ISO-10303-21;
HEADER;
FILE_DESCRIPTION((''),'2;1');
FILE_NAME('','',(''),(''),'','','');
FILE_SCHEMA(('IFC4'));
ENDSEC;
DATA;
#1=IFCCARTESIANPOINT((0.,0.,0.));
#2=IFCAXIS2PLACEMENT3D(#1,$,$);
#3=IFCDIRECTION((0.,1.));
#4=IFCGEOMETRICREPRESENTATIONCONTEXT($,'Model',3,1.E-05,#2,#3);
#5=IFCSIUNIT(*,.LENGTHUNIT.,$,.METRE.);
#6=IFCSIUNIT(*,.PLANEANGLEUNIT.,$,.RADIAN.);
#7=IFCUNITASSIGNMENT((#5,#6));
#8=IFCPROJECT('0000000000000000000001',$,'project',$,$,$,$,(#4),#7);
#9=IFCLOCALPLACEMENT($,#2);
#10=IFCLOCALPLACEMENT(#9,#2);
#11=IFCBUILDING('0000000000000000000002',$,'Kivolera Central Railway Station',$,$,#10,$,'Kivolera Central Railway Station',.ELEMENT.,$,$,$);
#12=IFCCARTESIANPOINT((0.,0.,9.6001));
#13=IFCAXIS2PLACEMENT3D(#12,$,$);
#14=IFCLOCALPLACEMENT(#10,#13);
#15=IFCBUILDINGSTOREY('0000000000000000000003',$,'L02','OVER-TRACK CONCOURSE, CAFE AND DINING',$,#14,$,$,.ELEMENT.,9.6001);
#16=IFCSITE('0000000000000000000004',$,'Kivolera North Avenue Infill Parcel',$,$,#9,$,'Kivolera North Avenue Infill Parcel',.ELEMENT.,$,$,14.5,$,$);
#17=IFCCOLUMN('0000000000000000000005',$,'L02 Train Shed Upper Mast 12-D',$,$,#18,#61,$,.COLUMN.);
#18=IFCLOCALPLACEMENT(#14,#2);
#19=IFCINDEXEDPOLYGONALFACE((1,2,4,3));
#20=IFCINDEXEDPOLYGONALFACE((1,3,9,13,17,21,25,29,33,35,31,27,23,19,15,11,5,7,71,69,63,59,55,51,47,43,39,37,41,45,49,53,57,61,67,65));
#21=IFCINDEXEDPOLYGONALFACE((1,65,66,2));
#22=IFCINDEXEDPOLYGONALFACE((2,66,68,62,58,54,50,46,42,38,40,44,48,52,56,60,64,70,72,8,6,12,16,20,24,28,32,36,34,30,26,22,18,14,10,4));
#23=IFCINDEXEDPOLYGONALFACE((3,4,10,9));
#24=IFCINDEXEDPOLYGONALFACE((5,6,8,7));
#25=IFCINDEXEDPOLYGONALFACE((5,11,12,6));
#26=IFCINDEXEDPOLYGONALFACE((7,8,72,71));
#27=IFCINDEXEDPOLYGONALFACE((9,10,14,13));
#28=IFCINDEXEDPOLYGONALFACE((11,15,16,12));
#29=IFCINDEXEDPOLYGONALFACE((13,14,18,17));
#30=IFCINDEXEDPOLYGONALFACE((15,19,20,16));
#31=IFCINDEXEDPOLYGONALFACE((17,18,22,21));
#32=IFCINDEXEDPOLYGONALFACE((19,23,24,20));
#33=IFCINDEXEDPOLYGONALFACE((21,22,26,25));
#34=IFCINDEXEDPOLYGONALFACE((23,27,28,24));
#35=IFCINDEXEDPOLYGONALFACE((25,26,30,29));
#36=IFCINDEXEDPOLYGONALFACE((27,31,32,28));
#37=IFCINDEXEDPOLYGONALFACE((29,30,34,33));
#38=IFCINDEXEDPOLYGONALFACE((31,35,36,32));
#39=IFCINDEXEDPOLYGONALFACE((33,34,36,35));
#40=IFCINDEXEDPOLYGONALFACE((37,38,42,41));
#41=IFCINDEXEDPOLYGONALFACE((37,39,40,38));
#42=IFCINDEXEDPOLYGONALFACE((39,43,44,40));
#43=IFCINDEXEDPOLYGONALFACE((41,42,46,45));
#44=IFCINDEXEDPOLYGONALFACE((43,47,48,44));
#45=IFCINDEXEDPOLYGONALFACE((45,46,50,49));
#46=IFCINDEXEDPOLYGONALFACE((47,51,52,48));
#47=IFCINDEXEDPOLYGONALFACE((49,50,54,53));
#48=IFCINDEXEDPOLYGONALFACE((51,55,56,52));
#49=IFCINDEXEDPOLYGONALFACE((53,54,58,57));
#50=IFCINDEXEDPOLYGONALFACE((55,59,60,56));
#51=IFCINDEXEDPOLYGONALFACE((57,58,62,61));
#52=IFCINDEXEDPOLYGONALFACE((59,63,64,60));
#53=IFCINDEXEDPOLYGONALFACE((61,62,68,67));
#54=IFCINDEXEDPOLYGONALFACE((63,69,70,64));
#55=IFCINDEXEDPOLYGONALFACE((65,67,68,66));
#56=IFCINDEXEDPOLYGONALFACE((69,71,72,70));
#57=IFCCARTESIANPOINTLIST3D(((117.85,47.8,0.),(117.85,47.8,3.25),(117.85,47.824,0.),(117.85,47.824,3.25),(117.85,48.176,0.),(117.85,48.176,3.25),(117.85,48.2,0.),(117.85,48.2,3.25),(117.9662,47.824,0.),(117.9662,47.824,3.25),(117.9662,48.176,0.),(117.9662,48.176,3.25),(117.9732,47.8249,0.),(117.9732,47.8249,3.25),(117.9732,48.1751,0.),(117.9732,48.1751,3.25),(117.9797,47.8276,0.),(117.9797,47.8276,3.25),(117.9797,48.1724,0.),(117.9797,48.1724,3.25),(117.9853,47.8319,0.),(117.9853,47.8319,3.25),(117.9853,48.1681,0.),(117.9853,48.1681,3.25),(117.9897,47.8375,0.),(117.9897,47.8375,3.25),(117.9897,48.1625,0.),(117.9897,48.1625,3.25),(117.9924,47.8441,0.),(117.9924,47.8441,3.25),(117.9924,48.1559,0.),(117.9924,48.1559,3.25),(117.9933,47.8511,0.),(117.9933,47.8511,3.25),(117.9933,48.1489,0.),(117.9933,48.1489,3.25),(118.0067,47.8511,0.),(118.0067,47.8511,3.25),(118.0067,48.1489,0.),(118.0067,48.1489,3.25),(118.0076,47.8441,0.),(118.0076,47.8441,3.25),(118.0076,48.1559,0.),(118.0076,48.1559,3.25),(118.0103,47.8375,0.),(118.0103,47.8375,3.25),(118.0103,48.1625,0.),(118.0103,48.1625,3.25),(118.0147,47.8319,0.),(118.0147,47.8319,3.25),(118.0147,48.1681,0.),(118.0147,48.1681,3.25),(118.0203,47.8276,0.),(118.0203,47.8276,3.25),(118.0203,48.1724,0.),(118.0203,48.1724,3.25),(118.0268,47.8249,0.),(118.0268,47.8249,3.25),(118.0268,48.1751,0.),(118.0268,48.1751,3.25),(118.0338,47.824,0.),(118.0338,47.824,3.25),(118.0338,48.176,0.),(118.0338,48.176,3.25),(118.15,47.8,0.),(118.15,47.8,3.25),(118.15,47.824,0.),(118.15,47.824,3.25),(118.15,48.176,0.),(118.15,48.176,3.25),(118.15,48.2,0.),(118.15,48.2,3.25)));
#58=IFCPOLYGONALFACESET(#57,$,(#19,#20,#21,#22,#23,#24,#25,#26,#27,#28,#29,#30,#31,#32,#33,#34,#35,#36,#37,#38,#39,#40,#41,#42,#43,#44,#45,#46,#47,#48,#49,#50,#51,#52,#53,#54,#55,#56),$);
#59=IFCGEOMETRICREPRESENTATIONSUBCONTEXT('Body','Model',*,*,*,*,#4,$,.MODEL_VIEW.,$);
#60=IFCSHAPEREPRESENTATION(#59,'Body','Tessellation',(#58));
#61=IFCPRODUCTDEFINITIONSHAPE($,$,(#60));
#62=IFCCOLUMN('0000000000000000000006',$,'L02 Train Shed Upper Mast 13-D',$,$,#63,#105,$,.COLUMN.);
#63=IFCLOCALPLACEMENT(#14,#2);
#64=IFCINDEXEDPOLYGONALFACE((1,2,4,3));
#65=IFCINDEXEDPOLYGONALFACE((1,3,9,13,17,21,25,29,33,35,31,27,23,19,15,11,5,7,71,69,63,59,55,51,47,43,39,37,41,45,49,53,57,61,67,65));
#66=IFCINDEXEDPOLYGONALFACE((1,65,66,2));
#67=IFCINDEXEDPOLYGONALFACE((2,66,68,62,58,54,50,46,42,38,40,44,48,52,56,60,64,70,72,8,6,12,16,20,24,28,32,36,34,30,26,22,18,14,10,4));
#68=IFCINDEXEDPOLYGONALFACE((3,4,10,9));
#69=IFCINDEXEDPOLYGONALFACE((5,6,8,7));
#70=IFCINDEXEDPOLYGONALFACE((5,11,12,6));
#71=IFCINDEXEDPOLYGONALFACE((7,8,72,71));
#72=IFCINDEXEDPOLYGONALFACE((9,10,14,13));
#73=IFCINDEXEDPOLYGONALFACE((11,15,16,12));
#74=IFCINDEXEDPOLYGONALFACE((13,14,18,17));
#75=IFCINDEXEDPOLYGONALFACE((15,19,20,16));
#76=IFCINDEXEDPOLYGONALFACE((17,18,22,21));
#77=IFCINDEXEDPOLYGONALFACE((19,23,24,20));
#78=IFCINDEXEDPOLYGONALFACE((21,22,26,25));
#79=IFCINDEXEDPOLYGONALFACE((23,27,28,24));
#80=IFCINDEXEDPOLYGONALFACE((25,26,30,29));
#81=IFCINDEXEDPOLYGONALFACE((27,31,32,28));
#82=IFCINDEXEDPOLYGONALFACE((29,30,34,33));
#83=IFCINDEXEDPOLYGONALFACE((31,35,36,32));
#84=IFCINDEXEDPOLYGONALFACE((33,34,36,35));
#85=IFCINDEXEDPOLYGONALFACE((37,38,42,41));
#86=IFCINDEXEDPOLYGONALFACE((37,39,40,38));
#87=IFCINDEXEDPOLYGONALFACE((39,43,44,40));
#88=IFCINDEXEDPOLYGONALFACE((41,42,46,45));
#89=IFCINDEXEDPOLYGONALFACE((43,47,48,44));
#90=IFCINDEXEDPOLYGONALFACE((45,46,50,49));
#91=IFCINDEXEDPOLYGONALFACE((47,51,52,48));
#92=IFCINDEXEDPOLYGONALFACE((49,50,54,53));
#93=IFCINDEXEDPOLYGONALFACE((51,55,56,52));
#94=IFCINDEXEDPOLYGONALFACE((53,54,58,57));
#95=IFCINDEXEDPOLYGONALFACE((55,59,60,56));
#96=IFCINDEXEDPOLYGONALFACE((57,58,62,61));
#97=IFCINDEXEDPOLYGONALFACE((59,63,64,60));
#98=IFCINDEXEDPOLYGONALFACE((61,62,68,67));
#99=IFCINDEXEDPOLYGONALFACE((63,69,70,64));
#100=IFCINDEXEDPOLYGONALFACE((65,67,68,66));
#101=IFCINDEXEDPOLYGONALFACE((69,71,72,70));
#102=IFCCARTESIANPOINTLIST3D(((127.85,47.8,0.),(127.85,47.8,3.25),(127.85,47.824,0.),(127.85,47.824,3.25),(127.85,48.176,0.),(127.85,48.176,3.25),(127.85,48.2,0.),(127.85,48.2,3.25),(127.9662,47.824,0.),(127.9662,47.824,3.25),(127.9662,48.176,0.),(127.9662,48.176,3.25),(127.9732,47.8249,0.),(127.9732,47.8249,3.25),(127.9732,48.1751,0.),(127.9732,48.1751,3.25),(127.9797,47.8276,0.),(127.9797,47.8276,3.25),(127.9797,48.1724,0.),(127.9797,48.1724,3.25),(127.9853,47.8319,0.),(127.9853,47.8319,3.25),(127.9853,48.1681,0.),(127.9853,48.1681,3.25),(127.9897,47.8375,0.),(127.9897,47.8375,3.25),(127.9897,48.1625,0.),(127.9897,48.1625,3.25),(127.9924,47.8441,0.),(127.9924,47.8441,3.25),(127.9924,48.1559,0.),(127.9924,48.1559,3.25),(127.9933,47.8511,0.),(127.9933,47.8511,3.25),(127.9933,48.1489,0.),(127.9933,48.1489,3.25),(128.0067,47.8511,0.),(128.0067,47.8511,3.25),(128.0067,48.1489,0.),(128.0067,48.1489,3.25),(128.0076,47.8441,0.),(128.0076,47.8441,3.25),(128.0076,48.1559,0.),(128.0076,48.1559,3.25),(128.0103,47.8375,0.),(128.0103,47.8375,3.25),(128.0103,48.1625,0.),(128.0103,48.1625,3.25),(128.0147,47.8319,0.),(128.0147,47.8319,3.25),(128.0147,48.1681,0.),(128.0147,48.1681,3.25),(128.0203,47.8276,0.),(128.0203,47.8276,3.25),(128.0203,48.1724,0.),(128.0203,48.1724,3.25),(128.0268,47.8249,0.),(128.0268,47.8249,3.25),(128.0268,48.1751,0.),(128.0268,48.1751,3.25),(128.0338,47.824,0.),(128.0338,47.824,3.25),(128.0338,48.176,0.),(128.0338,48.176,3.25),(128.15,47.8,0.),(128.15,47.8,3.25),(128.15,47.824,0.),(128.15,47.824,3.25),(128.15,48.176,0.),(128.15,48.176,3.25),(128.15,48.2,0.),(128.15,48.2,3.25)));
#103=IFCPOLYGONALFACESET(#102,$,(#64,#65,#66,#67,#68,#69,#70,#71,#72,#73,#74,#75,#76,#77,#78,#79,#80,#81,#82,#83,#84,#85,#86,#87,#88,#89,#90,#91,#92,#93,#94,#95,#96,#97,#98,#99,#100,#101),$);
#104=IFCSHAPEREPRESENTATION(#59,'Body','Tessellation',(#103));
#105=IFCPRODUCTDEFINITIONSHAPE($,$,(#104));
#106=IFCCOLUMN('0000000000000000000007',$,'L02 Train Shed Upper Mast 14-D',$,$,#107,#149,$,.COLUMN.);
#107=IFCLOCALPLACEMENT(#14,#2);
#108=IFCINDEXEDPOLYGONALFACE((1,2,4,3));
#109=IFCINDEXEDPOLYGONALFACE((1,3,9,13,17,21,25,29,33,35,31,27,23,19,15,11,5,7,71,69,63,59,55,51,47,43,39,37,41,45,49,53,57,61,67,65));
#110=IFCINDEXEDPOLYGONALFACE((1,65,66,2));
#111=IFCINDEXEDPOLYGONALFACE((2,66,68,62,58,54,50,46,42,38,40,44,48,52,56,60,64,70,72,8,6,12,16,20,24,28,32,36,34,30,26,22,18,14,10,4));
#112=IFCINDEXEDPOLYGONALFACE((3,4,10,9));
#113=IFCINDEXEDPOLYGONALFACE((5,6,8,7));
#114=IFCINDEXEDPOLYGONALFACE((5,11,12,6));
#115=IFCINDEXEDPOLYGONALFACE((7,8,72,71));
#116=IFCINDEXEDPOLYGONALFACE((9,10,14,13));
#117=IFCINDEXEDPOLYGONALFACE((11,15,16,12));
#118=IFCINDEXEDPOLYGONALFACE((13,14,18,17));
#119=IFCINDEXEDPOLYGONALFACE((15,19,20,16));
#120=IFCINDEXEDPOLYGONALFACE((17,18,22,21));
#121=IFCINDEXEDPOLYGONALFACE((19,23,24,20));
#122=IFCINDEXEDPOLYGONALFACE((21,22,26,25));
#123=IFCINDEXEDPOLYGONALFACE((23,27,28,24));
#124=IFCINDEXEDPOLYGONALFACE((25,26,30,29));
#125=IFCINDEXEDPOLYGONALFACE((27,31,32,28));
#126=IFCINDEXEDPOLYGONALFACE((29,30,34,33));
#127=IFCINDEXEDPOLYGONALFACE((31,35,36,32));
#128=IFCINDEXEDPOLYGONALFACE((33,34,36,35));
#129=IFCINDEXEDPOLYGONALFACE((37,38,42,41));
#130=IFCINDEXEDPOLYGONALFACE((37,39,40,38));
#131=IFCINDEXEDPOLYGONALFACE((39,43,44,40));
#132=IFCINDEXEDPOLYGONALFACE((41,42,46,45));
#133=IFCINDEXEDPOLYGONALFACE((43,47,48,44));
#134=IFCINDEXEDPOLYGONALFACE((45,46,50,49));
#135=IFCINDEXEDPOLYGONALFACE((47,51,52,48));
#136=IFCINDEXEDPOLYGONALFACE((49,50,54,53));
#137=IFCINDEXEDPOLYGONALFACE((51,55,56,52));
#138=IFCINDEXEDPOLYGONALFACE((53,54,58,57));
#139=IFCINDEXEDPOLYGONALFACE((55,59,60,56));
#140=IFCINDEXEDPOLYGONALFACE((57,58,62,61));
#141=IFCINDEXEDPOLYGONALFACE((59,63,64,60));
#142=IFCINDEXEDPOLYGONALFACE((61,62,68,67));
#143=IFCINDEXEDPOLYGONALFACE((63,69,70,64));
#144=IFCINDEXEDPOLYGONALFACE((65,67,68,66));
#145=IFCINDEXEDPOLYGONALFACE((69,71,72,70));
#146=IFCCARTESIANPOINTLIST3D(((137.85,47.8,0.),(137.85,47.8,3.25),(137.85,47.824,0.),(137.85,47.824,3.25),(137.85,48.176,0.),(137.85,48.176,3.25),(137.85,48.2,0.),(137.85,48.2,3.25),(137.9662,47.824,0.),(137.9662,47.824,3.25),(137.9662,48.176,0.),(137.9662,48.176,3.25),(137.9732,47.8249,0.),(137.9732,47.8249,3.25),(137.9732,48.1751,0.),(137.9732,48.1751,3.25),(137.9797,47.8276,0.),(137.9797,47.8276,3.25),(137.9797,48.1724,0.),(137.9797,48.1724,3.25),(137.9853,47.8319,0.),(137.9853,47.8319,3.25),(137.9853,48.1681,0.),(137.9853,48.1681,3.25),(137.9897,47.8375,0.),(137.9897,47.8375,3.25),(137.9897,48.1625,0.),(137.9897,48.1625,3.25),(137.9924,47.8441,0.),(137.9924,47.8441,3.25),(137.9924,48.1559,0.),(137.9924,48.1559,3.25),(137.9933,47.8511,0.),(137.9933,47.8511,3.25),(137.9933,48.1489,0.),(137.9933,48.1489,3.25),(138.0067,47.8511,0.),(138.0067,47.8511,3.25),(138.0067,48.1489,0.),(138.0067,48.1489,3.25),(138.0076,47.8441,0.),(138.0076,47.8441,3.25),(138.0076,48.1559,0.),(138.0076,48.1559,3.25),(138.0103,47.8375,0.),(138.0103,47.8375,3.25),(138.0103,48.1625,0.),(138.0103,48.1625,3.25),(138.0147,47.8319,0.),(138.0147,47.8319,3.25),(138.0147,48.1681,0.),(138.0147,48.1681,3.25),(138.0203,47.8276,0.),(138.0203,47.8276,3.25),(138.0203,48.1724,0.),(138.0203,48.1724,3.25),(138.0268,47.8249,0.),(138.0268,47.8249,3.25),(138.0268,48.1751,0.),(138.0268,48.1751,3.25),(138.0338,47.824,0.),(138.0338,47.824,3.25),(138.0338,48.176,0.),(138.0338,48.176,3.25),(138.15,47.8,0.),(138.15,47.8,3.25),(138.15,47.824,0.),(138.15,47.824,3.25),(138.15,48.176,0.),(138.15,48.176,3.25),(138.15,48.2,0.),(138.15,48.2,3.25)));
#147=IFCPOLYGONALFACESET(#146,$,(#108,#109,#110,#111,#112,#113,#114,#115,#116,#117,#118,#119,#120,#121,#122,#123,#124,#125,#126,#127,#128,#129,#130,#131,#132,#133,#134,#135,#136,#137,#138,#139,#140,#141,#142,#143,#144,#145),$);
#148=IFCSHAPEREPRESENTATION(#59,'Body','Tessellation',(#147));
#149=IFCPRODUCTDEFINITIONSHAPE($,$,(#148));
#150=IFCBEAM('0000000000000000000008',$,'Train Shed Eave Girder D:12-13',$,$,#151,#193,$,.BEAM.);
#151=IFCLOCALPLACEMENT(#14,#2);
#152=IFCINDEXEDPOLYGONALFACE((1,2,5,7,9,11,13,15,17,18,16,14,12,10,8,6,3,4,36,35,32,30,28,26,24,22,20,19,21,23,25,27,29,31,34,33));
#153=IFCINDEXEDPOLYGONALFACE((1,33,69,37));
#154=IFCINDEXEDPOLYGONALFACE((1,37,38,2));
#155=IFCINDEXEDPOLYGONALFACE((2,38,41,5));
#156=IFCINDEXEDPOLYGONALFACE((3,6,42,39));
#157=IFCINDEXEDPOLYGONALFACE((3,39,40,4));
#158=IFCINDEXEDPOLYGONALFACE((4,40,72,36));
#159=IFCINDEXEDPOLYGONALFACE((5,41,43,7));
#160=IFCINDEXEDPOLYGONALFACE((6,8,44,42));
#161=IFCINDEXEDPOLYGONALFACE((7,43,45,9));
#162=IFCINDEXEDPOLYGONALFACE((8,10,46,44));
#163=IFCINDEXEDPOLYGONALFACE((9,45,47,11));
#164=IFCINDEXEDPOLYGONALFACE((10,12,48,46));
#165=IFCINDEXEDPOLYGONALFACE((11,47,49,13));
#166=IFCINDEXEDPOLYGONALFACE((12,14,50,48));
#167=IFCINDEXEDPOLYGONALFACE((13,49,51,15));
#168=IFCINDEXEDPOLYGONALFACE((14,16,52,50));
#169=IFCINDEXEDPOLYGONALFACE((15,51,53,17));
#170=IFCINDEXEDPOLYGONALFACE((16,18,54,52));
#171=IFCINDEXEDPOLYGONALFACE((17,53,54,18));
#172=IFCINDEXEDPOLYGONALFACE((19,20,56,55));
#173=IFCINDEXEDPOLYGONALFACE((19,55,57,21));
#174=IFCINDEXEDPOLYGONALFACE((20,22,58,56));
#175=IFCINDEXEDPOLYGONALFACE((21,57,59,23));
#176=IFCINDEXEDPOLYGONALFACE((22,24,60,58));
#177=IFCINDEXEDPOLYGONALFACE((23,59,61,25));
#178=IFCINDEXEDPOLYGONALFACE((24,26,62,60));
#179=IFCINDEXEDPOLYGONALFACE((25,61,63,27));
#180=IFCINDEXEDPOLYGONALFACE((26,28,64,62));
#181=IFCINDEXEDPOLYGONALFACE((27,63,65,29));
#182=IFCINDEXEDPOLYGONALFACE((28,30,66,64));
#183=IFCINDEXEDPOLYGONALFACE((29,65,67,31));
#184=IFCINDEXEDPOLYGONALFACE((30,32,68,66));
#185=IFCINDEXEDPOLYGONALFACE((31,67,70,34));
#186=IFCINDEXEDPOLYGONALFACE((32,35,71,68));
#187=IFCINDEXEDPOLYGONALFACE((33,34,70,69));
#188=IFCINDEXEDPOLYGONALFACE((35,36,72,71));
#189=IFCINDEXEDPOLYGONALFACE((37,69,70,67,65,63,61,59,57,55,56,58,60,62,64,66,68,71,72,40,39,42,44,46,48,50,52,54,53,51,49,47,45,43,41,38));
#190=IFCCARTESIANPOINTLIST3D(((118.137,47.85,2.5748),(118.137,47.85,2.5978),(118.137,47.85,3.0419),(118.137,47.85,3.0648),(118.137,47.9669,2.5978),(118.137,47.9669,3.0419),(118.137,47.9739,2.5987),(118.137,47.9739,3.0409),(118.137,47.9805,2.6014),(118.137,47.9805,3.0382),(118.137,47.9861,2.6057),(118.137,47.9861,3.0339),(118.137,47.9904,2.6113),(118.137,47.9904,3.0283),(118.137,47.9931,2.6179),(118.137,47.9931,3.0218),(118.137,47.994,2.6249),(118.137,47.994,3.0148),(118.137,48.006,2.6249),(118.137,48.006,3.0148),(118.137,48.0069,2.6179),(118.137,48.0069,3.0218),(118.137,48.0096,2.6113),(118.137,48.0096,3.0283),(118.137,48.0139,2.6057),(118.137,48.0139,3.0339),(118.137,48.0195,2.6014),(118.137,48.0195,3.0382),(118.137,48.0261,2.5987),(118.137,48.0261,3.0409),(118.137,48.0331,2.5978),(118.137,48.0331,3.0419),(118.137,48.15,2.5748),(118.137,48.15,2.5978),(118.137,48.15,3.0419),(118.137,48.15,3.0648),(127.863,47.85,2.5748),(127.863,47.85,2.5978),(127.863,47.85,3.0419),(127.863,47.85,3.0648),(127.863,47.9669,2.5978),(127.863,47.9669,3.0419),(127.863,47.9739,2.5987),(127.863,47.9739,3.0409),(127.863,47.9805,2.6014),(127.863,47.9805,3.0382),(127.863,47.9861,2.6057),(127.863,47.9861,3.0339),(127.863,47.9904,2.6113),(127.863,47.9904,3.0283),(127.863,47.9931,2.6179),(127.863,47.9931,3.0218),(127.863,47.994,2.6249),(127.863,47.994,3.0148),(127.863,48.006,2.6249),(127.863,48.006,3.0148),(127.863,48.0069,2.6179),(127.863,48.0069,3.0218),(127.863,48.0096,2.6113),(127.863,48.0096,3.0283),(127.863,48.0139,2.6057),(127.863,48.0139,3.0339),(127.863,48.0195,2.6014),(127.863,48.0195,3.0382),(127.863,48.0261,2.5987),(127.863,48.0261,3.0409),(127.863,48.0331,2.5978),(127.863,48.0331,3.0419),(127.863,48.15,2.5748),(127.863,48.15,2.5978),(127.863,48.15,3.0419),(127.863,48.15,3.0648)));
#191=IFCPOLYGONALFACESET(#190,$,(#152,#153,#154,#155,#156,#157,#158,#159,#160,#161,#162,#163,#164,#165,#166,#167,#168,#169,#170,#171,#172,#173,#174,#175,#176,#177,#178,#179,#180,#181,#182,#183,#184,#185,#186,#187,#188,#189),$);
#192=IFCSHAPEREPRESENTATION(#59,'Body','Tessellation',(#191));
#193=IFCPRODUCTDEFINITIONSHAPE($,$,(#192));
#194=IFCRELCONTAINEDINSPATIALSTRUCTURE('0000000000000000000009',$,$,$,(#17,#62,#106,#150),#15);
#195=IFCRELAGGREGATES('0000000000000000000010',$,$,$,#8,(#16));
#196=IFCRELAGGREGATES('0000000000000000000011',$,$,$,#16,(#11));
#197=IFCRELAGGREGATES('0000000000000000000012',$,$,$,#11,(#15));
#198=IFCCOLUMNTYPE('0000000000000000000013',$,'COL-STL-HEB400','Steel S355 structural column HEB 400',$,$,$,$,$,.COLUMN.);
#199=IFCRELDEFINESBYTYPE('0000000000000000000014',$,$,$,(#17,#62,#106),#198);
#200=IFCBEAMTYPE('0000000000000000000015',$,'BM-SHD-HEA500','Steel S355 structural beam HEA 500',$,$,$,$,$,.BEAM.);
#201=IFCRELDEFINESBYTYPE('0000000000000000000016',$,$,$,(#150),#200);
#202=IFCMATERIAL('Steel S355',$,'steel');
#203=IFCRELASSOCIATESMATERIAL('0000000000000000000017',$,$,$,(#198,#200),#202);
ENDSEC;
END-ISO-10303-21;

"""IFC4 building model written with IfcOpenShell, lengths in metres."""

from ifc_helpers import new_model, si_unit, direction, frame, origin, origin_2d, place, context, subcontext, project, spatial, i_section, extrude, material, material_profile, profile_set, type_object, element, save


model = new_model("IFC4")

# Units and contexts
model_context = context("Model", 3, precision=1e-05, world=origin(), true_north=direction((0.0, 1.0)))
body_context = subcontext(model_context, "Body", "Model", "MODEL_VIEW")
ifc_project = project(units=[si_unit("LENGTHUNIT", "METRE"), si_unit("PLANEANGLEUNIT", "RADIAN")], contexts=[model_context])

# Site, building, storey
site_placement = place(None, origin())
site = spatial("IfcSite", under=ifc_project, at=site_placement, Name="Kivolera North Avenue Infill Parcel", LongName="Kivolera North Avenue Infill Parcel", CompositionType="ELEMENT", RefElevation=14.5)
building_placement = place(site_placement, origin())
building = spatial("IfcBuilding", under=site, at=building_placement, Name="Kivolera Central Railway Station", LongName="Kivolera Central Railway Station", CompositionType="ELEMENT")
storey_placement = place(building_placement, frame((0.0, 0.0, 9.6001)))
storey = spatial("IfcBuildingStorey", under=building, at=storey_placement, Name="L02", Description="OVER-TRACK CONCOURSE, CAFE AND DINING", CompositionType="ELEMENT", Elevation=9.6001)

# Columns
ifc_material_1 = material(Name="Steel S355", Category="steel")
ifc_material_profile_1 = material_profile(ifc_material_1, i_section(OverallWidth=0.3, OverallDepth=0.3999, WebThickness=0.0134, FlangeThickness=0.0239, FilletRadius=0.0271, at=origin_2d()), Name="HEB 400")
ifc_profile_set_1 = profile_set([ifc_material_profile_1], Name="Steel S355")
column_type = type_object("IfcColumnType", Name="COL-STL-HEB400", Description="Steel S355 structural column HEB 400", PredefinedType="COLUMN", material=ifc_profile_set_1)
for number, where, z_axis, x_axis, name in (
    (1, (118.0, 48.0, 0.0), (0.0, 0.0, 1.0), (1.0, 0.0, 0.0), "L02 Train Shed Upper Mast 12-D"),
    (2, (128.0, 48.0, 0.0), (0.0, 0.0, 1.0), (1.0, 0.0, 0.0), "L02 Train Shed Upper Mast 13-D"),
    (3, (138.0, 48.0, 0.0), (0.0, 0.0, 1.0), (1.0, 0.0, 0.0), "L02 Train Shed Upper Mast 14-D"),
):
    element("IfcColumn", number, at=place(storey_placement, frame(where, z_axis=z_axis, x_axis=x_axis)), inside=storey, type_object=column_type, Name=name, PredefinedType="COLUMN", context=body_context, shape_type="SweptSolid", body=[
        extrude(i_section(OverallWidth=0.3, OverallDepth=0.3999, WebThickness=0.0134, FlangeThickness=0.0239, FilletRadius=0.0271, at=origin_2d()), origin(), (0.0, 0.0, 1.0), 3.25),
    ])

# Beam
ifc_material_profile_2 = material_profile(ifc_material_1, i_section(OverallWidth=0.3, OverallDepth=0.49, WebThickness=0.012, FlangeThickness=0.0229, FilletRadius=0.0271, at=origin_2d()), Name="HEA 500")
ifc_profile_set_2 = profile_set([ifc_material_profile_2], Name="Steel S355")
beam_type_1 = type_object("IfcBeamType", Name="BM-SHD-HEA500", Description="Steel S355 structural beam HEA 500", PredefinedType="BEAM", material=ifc_profile_set_2)
for number, where, z_axis, x_axis, name in (
    (4, (118.137, 48.0, 2.8198), (1.0, 0.0, 0.0), (0.0, 1.0, 0.0), "Train Shed Eave Girder D:12-13"),
):
    element("IfcBeam", number, at=place(storey_placement, frame(where, z_axis=z_axis, x_axis=x_axis)), inside=storey, type_object=beam_type_1, Name=name, PredefinedType="BEAM", context=body_context, shape_type="SweptSolid", body=[
        extrude(i_section(OverallWidth=0.3, OverallDepth=0.49, WebThickness=0.012, FlangeThickness=0.0229, FilletRadius=0.0271, at=origin_2d()), origin(), (0.0, 0.0, 1.0), 9.7261),
    ])

save(model, "model.ifc")
